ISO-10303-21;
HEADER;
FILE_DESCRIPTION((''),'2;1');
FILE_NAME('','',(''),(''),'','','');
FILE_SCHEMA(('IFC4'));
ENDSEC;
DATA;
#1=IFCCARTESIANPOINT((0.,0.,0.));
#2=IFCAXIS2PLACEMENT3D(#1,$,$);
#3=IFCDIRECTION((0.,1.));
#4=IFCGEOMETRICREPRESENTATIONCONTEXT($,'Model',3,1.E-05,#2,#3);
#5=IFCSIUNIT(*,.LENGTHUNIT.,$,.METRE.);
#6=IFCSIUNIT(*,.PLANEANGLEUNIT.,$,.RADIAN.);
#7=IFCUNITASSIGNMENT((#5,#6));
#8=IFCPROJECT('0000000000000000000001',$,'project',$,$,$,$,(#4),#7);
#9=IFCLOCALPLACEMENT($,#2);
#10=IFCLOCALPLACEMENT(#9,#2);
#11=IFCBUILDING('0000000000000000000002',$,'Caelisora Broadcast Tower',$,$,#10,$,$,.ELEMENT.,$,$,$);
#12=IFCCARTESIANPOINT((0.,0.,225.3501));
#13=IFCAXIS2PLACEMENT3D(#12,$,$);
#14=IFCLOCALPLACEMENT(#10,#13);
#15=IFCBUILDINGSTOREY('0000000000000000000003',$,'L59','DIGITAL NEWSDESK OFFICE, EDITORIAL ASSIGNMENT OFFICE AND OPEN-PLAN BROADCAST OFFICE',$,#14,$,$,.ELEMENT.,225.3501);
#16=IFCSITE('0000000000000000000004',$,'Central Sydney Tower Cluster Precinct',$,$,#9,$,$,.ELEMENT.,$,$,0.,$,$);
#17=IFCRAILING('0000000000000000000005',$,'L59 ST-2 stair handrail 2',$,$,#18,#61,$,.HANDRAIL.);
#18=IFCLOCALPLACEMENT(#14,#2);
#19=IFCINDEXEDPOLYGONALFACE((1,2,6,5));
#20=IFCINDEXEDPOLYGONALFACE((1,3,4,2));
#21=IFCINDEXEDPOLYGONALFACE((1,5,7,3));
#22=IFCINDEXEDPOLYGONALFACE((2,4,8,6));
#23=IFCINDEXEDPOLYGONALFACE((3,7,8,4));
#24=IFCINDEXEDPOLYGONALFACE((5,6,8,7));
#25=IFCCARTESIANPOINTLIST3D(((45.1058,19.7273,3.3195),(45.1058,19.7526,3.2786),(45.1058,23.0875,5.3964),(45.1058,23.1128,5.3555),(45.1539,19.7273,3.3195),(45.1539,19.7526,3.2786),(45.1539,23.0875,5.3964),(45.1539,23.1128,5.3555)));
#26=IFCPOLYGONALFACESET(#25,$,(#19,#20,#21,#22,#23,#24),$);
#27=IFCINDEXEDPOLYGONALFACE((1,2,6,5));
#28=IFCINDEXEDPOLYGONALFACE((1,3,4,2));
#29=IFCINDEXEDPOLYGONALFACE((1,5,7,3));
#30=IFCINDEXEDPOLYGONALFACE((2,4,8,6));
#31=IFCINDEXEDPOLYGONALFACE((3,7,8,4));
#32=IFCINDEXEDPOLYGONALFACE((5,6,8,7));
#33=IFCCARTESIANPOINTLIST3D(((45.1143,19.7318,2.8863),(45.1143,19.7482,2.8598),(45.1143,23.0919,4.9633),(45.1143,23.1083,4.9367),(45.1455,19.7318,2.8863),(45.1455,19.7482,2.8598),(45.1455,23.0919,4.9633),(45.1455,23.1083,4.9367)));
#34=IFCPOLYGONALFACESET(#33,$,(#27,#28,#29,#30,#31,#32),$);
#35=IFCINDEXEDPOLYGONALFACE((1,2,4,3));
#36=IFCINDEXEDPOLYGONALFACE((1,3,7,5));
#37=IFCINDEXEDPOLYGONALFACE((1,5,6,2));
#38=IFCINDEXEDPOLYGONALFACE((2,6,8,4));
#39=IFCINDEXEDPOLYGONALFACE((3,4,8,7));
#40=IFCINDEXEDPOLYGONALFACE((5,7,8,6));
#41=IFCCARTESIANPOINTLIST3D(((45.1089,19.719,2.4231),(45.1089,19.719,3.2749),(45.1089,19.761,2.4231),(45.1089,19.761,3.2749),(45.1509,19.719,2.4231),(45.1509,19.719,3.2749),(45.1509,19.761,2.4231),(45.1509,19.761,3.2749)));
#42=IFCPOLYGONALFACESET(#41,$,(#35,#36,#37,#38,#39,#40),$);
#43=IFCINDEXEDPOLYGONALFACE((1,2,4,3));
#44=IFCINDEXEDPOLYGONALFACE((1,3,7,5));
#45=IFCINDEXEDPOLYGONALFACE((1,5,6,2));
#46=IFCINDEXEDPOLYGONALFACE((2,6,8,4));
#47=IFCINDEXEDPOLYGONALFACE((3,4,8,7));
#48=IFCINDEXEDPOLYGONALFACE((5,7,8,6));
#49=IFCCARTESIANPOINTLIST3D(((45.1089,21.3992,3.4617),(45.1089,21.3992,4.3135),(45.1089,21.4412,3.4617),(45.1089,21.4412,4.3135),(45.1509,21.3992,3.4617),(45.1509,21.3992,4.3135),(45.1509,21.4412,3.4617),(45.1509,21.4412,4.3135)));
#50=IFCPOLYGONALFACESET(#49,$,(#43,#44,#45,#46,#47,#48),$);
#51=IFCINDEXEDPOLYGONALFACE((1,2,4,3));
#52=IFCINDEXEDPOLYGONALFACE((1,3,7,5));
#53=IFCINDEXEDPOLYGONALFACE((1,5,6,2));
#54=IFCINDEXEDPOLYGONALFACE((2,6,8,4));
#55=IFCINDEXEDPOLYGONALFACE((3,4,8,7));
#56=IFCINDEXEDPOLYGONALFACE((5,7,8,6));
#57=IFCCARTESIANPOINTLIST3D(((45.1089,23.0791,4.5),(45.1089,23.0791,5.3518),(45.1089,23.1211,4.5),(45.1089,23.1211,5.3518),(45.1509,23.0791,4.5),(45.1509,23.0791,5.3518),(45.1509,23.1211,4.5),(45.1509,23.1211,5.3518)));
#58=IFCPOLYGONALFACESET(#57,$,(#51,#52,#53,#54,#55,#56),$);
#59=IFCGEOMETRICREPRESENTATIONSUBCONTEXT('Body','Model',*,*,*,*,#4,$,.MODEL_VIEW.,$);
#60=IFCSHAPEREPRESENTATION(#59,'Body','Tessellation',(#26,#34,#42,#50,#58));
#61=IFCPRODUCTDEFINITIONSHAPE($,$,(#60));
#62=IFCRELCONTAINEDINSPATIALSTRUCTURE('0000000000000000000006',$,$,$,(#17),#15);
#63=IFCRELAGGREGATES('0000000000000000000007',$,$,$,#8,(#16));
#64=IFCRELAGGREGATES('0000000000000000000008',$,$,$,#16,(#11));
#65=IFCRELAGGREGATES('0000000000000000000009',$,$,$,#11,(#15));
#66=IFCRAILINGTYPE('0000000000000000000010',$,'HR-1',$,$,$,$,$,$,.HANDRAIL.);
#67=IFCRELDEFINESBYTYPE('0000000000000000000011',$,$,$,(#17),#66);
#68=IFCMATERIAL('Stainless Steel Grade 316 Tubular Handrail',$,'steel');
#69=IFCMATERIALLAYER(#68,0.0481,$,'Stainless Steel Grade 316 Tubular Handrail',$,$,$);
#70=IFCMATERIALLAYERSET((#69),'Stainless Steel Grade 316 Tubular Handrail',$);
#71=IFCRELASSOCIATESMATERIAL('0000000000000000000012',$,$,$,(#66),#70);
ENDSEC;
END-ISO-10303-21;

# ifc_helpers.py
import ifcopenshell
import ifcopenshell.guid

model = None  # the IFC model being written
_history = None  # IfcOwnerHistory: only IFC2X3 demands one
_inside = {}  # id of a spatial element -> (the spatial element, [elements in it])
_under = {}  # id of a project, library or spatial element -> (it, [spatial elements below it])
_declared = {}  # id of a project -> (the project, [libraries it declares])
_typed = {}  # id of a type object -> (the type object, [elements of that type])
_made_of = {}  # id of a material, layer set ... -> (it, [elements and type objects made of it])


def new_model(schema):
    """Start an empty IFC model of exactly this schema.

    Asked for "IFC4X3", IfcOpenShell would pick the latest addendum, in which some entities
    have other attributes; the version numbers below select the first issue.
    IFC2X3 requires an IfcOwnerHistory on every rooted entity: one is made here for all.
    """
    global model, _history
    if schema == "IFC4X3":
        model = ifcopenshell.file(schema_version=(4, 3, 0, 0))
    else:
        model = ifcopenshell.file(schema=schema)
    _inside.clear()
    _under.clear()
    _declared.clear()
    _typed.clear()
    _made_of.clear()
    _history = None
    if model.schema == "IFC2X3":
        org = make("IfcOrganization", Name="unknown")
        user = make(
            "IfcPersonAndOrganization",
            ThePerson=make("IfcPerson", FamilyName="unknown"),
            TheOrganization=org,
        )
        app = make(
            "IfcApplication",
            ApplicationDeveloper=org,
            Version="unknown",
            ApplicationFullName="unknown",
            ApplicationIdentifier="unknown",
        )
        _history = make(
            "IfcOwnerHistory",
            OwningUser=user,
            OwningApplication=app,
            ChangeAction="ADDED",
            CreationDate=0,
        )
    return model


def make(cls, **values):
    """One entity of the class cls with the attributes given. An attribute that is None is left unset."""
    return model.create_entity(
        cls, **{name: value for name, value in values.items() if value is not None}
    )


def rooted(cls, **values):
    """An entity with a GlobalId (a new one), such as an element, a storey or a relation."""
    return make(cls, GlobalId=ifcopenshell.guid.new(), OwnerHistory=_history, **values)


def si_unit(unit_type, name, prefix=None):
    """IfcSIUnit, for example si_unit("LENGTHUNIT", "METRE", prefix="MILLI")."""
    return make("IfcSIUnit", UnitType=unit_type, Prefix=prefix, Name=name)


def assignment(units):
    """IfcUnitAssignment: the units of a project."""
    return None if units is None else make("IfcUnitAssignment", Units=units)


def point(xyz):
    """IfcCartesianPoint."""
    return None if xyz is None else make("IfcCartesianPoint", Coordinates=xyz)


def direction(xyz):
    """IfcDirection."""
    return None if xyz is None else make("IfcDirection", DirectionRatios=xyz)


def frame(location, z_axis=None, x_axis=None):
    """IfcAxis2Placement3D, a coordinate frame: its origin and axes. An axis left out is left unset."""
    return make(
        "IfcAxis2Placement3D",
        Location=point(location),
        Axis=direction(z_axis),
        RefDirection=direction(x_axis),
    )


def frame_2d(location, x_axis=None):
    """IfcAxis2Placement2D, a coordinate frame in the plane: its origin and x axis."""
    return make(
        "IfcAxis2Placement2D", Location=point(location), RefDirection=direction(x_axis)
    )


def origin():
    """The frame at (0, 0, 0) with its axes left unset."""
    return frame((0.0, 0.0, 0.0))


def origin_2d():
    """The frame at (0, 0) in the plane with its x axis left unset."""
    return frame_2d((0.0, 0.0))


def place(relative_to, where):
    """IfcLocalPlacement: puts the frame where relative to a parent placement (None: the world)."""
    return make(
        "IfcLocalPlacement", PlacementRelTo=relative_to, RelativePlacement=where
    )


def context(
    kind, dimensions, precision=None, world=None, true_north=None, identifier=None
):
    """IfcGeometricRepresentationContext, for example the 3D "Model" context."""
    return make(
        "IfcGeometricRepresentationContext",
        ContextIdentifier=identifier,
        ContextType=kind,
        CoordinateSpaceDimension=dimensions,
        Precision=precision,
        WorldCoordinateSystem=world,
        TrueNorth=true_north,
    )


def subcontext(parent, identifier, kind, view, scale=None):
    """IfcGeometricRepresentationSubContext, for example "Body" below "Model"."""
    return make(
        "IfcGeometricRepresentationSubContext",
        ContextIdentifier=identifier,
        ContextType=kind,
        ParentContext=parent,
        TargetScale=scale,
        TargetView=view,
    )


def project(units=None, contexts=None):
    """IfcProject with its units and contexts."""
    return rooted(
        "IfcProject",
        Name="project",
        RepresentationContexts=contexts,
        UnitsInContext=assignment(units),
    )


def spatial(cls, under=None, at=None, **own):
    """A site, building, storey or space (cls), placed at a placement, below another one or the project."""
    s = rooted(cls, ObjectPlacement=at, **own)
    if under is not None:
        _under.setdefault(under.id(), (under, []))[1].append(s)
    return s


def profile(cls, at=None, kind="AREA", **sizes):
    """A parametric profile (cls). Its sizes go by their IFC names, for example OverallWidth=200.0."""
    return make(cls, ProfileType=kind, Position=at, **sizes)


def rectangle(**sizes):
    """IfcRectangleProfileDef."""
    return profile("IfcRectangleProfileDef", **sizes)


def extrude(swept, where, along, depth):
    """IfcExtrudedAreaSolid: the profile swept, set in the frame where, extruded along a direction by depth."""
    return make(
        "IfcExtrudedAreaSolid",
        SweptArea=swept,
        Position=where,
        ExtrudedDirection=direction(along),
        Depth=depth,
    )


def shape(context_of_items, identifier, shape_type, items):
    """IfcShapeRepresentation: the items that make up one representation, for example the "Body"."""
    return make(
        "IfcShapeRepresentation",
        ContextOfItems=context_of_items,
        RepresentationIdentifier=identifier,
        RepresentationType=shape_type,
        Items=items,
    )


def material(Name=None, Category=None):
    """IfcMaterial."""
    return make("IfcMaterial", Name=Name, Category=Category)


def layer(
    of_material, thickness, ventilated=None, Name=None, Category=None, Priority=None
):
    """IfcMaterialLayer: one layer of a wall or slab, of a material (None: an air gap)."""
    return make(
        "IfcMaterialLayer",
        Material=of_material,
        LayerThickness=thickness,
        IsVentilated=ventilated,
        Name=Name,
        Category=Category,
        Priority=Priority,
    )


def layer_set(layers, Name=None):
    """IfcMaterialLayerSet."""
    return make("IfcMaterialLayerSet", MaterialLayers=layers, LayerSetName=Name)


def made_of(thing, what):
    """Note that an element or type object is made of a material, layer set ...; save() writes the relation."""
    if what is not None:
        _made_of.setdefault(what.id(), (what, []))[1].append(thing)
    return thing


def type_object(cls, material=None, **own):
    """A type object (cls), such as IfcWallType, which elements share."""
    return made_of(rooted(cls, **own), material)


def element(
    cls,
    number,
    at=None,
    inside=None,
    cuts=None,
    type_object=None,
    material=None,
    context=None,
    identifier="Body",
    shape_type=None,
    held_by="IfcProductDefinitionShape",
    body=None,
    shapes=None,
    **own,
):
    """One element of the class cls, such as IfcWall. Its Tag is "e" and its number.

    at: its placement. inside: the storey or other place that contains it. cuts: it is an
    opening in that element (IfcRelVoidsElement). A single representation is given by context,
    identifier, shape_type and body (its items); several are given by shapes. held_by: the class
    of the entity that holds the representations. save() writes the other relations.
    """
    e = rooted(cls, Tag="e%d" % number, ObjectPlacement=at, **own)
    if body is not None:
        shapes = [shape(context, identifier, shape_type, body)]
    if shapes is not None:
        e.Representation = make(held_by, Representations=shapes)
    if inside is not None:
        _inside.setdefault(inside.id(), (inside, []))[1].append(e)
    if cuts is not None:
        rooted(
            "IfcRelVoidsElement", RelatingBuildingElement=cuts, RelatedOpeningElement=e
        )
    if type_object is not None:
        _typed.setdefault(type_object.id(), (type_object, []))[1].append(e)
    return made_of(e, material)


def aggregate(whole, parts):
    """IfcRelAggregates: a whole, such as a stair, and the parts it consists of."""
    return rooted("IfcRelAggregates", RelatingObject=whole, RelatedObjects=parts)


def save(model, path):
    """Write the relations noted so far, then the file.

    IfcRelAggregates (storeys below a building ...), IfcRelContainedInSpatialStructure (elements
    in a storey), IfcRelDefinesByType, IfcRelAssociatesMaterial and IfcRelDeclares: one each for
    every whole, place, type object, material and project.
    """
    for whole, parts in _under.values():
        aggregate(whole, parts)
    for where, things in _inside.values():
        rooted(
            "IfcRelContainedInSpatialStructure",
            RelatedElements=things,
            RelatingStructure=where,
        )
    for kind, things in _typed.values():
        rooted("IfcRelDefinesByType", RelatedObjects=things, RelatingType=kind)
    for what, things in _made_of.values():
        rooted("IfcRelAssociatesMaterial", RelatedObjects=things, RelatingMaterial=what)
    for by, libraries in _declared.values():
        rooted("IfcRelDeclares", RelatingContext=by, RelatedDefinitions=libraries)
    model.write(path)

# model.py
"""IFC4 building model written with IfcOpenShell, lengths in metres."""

from ifc_helpers import new_model, si_unit, direction, frame, origin, origin_2d, place, context, subcontext, project, spatial, rectangle, extrude, material, layer, layer_set, type_object, element, save


model = new_model("IFC4")

# Units and contexts
model_context = context("Model", 3, precision=1e-05, world=origin(), true_north=direction((0.0, 1.0)))
body_context = subcontext(model_context, "Body", "Model", "MODEL_VIEW")
ifc_project = project(units=[si_unit("LENGTHUNIT", "METRE"), si_unit("PLANEANGLEUNIT", "RADIAN")], contexts=[model_context])

# Site, building, storey
site_placement = place(None, origin())
site = spatial("IfcSite", under=ifc_project, at=site_placement, Name="Central Sydney Tower Cluster Precinct", CompositionType="ELEMENT", RefElevation=0.0)
building_placement = place(site_placement, origin())
building = spatial("IfcBuilding", under=site, at=building_placement, Name="Caelisora Broadcast Tower", CompositionType="ELEMENT")
storey_placement = place(building_placement, frame((0.0, 0.0, 225.3501)))
storey = spatial("IfcBuildingStorey", under=building, at=storey_placement, Name="L59", Description="DIGITAL NEWSDESK OFFICE, EDITORIAL ASSIGNMENT OFFICE AND OPEN-PLAN BROADCAST OFFICE", CompositionType="ELEMENT", Elevation=225.3501)

# Railing
ifc_material_1 = material(Name="Stainless Steel Grade 316 Tubular Handrail", Category="steel")
ifc_layer_1 = layer(ifc_material_1, 0.0481, Name="Stainless Steel Grade 316 Tubular Handrail")
ifc_layer_set_1 = layer_set([ifc_layer_1], Name="Stainless Steel Grade 316 Tubular Handrail")
railing_type_1 = type_object("IfcRailingType", Name="HR-1", PredefinedType="HANDRAIL", material=ifc_layer_set_1)
railing_1_placement = place(storey_placement, frame((45.1299, 19.74, 2.4231)))
element("IfcRailing", 1, at=railing_1_placement, inside=storey, type_object=railing_type_1, Name="L59 ST-2 stair handrail 2", PredefinedType="HANDRAIL", context=body_context, shape_type="SweptSolid", body=[
    extrude(rectangle(XDim=0.0481, YDim=0.0481, at=origin_2d()), frame((0.0, 0.0, 0.876), z_axis=(0.0, 0.850623, 0.525776), x_axis=(-1.0, 0.0, 0.0)), (0.0, 0.0, 1.0), 3.9502),
    extrude(rectangle(XDim=0.0312, YDim=0.0312, at=origin_2d()), frame((0.0, 0.0, 0.45), z_axis=(0.0, 0.850623, 0.525776), x_axis=(-1.0, 0.0, 0.0)), (0.0, 0.0, 1.0), 3.9502),
    extrude(rectangle(XDim=0.042, YDim=0.042, at=origin_2d()), origin(), (0.0, 0.0, 1.0), 0.8518),
    extrude(rectangle(XDim=0.042, YDim=0.042, at=origin_2d()), frame((0.0, 1.6802, 1.0386)), (0.0, 0.0, 1.0), 0.8518),
    extrude(rectangle(XDim=0.042, YDim=0.042, at=origin_2d()), frame((0.0, 3.3601, 2.0769)), (0.0, 0.0, 1.0), 0.8518),
])

save(model, "model.ifc")
